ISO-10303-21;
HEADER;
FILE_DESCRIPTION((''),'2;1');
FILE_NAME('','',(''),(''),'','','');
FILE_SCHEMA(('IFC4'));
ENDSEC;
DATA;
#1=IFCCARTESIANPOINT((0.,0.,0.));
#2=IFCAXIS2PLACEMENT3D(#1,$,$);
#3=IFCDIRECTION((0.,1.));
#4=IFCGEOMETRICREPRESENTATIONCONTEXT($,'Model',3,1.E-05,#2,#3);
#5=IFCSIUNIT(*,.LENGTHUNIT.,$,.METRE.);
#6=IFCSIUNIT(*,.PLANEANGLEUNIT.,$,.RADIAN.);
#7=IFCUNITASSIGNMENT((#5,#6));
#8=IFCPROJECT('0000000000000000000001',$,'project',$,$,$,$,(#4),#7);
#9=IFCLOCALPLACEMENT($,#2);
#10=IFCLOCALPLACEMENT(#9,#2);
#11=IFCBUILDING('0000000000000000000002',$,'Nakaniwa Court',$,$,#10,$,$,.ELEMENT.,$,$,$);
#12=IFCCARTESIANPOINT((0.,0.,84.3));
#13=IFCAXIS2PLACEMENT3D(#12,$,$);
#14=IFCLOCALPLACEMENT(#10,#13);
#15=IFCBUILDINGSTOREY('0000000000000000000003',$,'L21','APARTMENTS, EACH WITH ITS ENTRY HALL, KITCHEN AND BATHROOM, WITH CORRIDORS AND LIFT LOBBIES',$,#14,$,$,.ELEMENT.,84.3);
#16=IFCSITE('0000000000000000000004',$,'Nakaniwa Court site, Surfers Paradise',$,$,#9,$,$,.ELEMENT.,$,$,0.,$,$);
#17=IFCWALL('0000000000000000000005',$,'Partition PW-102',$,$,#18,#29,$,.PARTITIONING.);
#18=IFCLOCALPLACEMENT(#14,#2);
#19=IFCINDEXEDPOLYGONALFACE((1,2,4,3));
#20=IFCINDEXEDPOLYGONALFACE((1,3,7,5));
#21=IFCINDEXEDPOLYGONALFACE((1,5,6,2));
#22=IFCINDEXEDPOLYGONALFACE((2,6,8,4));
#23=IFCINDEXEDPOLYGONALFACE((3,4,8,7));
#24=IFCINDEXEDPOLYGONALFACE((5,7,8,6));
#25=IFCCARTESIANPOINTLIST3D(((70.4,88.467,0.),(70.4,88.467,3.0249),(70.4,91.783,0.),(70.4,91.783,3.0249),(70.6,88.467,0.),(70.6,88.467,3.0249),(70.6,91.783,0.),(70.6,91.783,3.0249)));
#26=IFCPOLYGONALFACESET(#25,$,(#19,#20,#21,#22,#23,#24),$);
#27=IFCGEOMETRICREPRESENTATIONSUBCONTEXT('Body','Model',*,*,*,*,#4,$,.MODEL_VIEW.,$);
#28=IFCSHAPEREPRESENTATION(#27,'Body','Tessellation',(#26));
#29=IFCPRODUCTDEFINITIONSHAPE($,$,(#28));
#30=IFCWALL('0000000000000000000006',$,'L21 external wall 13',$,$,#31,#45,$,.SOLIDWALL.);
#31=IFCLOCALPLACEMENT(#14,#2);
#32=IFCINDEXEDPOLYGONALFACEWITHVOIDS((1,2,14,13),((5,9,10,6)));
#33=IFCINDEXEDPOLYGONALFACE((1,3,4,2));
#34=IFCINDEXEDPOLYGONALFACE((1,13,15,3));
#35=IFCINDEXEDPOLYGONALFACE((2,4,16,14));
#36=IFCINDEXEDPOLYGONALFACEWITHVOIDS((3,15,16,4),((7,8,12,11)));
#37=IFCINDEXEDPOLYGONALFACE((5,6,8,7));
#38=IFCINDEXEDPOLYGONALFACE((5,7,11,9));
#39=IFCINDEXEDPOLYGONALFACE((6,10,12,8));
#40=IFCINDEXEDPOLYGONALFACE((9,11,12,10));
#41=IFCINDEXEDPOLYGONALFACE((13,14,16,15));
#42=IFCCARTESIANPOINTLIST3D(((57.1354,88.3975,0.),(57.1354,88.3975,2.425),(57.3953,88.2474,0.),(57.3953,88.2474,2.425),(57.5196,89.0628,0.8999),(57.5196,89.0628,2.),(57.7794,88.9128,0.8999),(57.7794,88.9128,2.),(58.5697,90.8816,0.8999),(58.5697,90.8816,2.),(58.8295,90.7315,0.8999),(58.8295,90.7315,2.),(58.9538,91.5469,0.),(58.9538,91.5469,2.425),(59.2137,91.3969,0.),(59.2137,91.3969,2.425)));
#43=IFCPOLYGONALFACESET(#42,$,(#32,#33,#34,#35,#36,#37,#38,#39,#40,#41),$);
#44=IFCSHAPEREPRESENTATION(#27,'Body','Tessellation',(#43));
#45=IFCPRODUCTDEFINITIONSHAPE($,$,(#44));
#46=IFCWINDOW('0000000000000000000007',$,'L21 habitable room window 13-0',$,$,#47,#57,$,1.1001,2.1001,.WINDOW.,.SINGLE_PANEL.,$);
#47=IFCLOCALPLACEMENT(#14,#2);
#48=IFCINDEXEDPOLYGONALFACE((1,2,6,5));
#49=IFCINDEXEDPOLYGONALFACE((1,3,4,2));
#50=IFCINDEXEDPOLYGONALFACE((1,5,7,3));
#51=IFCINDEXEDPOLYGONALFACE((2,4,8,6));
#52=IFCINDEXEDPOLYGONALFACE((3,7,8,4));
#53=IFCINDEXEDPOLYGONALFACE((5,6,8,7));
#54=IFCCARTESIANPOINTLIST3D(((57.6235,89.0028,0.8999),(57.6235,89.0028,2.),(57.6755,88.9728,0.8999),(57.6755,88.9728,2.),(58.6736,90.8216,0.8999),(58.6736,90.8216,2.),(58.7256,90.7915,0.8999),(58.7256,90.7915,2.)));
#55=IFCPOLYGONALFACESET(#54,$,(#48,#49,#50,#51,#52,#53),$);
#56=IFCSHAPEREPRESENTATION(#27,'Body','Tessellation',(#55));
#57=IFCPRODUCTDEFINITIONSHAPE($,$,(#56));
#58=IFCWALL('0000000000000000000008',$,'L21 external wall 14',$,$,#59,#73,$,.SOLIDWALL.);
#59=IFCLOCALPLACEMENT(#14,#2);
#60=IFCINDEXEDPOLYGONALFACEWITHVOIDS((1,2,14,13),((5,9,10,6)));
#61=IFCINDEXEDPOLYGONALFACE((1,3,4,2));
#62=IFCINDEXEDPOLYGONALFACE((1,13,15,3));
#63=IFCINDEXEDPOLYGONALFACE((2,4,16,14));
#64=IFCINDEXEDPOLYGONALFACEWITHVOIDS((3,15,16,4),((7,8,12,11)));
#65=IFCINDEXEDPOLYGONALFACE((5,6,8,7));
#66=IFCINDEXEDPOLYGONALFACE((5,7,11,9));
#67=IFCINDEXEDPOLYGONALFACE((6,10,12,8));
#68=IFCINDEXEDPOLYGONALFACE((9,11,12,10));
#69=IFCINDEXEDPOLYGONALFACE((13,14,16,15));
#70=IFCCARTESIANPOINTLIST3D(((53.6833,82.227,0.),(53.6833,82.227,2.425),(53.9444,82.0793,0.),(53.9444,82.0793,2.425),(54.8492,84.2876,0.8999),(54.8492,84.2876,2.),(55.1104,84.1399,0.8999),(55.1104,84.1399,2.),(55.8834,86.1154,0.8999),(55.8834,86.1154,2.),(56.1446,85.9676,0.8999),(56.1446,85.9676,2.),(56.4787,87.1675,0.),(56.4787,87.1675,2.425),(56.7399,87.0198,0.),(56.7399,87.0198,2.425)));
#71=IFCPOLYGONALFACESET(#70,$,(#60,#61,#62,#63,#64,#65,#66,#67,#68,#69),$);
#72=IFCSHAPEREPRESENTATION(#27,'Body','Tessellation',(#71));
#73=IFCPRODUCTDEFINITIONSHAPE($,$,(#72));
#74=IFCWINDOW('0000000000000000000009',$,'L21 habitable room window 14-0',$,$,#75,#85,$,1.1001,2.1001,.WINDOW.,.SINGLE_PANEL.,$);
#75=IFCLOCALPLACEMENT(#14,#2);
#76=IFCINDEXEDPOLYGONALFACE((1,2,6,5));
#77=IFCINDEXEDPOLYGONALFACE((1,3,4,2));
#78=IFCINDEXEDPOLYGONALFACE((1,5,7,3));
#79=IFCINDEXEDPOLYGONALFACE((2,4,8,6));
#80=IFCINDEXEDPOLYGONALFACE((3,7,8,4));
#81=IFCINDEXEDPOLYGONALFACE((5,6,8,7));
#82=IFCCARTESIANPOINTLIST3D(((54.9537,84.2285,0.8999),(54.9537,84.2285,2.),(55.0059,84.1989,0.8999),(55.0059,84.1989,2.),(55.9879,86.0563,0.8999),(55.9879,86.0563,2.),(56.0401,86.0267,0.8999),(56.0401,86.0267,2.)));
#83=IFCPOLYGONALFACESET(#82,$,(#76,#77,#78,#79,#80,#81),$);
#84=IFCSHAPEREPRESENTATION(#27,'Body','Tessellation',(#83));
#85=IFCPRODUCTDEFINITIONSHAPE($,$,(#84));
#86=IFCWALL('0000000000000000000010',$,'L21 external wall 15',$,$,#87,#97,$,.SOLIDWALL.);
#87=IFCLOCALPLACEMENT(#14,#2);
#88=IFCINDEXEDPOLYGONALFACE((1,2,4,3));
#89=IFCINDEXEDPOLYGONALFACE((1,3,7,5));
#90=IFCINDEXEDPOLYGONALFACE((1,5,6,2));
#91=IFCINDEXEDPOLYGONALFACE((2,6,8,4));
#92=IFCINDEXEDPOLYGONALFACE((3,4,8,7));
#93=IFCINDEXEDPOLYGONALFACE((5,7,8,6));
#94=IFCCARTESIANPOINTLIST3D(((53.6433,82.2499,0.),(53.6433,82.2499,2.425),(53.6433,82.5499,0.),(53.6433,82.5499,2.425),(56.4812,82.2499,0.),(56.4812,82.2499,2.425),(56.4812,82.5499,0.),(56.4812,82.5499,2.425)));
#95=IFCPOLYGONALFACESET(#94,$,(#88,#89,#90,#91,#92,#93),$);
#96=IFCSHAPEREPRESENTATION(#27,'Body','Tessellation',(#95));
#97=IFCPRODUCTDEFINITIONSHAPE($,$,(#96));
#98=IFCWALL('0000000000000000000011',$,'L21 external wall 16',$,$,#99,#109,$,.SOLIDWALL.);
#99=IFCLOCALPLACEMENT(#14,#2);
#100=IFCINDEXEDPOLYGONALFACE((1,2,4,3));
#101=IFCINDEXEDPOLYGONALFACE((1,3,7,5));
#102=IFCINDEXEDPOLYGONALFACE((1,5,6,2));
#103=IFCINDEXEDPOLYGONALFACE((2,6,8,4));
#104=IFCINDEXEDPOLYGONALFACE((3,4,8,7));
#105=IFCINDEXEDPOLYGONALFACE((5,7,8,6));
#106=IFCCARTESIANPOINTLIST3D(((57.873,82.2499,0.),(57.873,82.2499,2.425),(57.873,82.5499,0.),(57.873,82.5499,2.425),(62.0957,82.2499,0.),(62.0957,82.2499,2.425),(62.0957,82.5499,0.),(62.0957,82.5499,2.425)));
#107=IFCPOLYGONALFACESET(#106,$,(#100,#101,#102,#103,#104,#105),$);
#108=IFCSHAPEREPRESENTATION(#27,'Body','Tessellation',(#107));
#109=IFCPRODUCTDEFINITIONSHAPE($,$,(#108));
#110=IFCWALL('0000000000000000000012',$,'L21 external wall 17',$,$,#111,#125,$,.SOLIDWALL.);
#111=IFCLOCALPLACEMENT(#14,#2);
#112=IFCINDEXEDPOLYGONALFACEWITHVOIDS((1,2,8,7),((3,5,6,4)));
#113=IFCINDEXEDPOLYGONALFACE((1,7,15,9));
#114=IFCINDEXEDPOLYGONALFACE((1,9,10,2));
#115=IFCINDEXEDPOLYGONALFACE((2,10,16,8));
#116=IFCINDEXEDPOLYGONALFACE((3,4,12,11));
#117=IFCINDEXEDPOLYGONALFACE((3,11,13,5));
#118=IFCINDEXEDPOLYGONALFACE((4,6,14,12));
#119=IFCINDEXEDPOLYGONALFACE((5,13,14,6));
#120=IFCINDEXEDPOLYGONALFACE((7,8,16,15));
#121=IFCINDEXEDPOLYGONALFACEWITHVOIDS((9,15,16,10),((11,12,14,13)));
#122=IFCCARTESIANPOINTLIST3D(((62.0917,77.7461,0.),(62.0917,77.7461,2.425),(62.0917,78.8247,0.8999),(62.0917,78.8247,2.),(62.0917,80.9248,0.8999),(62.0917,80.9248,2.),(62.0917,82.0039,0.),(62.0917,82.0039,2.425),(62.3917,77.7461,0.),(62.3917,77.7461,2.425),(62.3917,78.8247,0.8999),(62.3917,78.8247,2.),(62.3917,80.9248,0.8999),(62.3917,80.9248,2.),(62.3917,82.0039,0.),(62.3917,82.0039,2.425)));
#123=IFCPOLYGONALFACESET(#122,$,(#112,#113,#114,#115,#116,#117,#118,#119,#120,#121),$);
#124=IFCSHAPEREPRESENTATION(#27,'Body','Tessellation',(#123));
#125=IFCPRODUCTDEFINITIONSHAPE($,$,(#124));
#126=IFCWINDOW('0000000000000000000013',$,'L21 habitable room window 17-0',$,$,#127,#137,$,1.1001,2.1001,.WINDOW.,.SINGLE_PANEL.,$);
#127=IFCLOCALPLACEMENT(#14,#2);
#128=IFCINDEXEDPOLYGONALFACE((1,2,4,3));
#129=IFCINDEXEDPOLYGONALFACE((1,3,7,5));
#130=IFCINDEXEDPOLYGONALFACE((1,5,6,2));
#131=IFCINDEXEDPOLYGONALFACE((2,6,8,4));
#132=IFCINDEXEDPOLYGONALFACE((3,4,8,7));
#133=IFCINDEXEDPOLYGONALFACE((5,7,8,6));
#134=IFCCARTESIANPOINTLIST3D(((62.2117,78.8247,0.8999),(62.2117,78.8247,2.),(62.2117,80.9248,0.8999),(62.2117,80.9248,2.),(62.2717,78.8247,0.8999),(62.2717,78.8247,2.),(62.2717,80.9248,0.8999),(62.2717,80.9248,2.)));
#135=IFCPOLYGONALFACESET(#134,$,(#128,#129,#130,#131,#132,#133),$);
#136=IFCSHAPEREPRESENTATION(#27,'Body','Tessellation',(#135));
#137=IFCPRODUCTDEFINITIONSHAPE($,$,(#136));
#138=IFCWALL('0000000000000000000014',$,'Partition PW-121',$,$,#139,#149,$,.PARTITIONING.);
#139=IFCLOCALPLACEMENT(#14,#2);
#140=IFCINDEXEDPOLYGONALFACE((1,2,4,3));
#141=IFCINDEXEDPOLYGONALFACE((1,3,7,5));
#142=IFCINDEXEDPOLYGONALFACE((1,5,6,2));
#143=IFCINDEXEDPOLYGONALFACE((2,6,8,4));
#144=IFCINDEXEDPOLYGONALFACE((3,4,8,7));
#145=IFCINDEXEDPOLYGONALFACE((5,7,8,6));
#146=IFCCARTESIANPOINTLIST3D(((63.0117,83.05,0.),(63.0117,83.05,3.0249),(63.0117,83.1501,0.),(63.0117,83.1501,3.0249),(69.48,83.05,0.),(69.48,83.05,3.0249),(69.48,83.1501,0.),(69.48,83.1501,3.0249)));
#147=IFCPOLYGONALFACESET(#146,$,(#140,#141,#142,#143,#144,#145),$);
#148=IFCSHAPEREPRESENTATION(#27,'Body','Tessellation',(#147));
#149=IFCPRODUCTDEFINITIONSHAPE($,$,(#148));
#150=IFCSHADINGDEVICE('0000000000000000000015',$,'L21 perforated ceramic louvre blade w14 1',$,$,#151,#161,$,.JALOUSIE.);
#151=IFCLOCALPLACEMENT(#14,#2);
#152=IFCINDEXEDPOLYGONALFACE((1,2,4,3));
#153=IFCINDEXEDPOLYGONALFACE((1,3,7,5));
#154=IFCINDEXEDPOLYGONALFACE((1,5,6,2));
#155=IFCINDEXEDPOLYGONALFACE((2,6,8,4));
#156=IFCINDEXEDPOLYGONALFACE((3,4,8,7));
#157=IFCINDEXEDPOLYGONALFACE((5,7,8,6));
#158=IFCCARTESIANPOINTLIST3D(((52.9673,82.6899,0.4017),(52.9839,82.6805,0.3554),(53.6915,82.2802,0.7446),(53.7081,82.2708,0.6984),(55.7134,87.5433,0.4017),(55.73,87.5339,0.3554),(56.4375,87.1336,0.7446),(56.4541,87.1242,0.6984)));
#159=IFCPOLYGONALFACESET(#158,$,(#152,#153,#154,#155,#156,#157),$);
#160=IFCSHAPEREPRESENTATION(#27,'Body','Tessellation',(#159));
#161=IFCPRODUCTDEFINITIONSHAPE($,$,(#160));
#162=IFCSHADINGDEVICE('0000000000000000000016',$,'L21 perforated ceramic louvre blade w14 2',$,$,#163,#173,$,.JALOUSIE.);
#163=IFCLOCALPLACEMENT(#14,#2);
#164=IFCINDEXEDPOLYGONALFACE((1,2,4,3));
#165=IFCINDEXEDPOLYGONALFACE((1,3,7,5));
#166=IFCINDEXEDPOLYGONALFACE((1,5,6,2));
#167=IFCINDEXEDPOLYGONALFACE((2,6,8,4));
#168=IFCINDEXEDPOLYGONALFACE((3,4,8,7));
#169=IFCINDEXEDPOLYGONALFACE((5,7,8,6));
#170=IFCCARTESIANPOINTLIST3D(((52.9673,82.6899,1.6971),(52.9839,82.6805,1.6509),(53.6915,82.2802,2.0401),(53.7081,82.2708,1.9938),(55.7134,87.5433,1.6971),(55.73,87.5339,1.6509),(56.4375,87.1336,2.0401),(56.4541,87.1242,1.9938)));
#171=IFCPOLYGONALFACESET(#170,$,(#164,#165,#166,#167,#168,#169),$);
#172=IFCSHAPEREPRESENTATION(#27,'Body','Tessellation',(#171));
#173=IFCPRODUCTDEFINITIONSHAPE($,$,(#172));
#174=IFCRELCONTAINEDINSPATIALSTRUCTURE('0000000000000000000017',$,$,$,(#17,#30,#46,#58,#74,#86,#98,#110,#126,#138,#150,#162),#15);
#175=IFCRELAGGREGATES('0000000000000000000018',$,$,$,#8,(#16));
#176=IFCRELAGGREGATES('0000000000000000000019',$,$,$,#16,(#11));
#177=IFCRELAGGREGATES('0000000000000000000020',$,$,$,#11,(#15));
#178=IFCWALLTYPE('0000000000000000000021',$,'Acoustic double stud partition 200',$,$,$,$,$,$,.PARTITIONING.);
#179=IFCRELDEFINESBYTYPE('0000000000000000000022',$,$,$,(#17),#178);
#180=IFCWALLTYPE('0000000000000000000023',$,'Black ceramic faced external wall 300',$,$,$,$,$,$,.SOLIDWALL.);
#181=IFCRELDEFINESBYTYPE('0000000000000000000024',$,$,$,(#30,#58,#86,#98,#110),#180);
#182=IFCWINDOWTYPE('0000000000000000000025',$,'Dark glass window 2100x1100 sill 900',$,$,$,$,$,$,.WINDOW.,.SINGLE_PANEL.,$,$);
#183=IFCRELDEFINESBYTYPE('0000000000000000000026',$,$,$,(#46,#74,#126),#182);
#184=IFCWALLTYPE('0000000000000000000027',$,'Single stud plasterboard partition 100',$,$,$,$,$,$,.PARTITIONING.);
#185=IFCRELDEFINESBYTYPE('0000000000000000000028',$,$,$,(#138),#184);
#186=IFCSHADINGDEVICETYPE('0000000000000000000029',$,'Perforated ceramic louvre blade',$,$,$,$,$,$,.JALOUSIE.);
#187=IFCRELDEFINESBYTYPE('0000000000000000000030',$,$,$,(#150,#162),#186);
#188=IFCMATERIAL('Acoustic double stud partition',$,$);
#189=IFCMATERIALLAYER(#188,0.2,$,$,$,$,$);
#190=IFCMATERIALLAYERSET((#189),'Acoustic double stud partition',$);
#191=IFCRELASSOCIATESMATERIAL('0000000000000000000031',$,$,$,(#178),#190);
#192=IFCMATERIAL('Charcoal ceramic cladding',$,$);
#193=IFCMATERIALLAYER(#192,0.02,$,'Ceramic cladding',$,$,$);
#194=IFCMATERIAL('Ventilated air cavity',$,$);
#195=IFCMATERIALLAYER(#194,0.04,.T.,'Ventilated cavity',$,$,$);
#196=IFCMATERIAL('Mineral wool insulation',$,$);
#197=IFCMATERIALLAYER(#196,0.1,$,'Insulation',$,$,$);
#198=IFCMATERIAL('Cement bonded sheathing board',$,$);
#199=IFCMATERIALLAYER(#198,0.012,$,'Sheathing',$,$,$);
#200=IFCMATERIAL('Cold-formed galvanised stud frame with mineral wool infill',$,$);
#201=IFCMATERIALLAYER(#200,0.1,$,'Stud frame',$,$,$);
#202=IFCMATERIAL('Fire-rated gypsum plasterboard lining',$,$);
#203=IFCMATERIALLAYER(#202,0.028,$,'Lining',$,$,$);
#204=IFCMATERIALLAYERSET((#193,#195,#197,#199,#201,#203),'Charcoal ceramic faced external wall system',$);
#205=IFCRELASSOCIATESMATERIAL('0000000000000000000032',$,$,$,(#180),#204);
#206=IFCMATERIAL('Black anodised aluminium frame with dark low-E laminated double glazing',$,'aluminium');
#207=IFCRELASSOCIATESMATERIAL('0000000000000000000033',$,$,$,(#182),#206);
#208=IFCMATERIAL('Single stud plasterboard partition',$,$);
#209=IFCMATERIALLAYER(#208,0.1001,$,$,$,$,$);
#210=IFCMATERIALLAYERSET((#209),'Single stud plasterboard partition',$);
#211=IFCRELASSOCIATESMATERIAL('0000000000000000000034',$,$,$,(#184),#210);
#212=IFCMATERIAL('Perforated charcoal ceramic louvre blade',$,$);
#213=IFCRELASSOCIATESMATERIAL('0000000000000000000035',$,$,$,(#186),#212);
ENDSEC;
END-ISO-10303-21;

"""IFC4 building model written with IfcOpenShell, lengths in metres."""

from ifc_helpers import new_model, si_unit, direction, frame, frame_2d, origin, origin_2d, place, context, subcontext, project, spatial, rectangle, extrude, material, layer, layer_set, material_profile, profile_set, type_object, element, fill, save


model = new_model("IFC4")

# Units and contexts
model_context = context("Model", 3, precision=1e-05, world=origin(), true_north=direction((0.0, 1.0)))
body_context = subcontext(model_context, "Body", "Model", "MODEL_VIEW")
ifc_project = project(units=[si_unit("LENGTHUNIT", "METRE"), si_unit("PLANEANGLEUNIT", "RADIAN")], contexts=[model_context])

# Site, building, storey
site_placement = place(None, origin())
site = spatial("IfcSite", under=ifc_project, at=site_placement, Name="Nakaniwa Court site, Surfers Paradise", CompositionType="ELEMENT", RefElevation=0.0)
building_placement = place(site_placement, origin())
building = spatial("IfcBuilding", under=site, at=building_placement, Name="Nakaniwa Court", CompositionType="ELEMENT")
storey_placement = place(building_placement, frame((0.0, 0.0, 84.3)))
storey = spatial("IfcBuildingStorey", under=building, at=storey_placement, Name="L21", Description="APARTMENTS, EACH WITH ITS ENTRY HALL, KITCHEN AND BATHROOM, WITH CORRIDORS AND LIFT LOBBIES", CompositionType="ELEMENT", Elevation=84.3)

# Shared definitions
ifc_material_1 = material(Name="Acoustic double stud partition")
ifc_layer_1 = layer(ifc_material_1, 0.2)
ifc_layer_set_1 = layer_set([ifc_layer_1], Name="Acoustic double stud partition")
wall_type_1 = type_object("IfcWallType", Name="Acoustic double stud partition 200", PredefinedType="PARTITIONING", material=ifc_layer_set_1)

# Wall
wall_1_placement = place(storey_placement, frame((70.5, 88.467, 0.0), z_axis=(0.0, 0.0, 1.0), x_axis=(0.0, 1.0, 0.0)))
element("IfcWall", 1, at=wall_1_placement, inside=storey, type_object=wall_type_1, Name="Partition PW-102", PredefinedType="PARTITIONING", context=body_context, shape_type="SweptSolid", body=[
    extrude(rectangle(XDim=3.3159, YDim=0.2, at=frame_2d((1.658, 0.0))), origin(), (0.0, 0.0, 1.0), 3.0249),
])

# Walls, openings, windows
ifc_material_2 = material(Name="Charcoal ceramic cladding")
ifc_layer_2 = layer(ifc_material_2, 0.02, Name="Ceramic cladding")
ifc_material_3 = material(Name="Ventilated air cavity")
ifc_layer_3 = layer(ifc_material_3, 0.04, ventilated=True, Name="Ventilated cavity")
ifc_material_4 = material(Name="Mineral wool insulation")
ifc_layer_4 = layer(ifc_material_4, 0.1, Name="Insulation")
ifc_material_5 = material(Name="Cement bonded sheathing board")
ifc_layer_5 = layer(ifc_material_5, 0.012, Name="Sheathing")
ifc_material_6 = material(Name="Cold-formed galvanised stud frame with mineral wool infill")
ifc_layer_6 = layer(ifc_material_6, 0.1, Name="Stud frame")
ifc_material_7 = material(Name="Fire-rated gypsum plasterboard lining")
ifc_layer_7 = layer(ifc_material_7, 0.028, Name="Lining")
ifc_layer_set_2 = layer_set([ifc_layer_2, ifc_layer_3, ifc_layer_4, ifc_layer_5, ifc_layer_6, ifc_layer_7], Name="Charcoal ceramic faced external wall system")
wall_type_2 = type_object("IfcWallType", Name="Black ceramic faced external wall 300", PredefinedType="SOLIDWALL", material=ifc_layer_set_2)
wall_2_placement = place(storey_placement, frame((59.0837, 91.4719, 0.0), z_axis=(0.0, 0.0, 1.0), x_axis=(-0.500009, -0.86602, 0.0)))
wall_2 = element("IfcWall", 2, at=wall_2_placement, inside=storey, type_object=wall_type_2, Name="L21 external wall 13", PredefinedType="SOLIDWALL", context=body_context, shape_type="SweptSolid", body=[
    extrude(rectangle(XDim=3.6367, YDim=0.3, at=frame_2d((1.8184, 0.0))), origin(), (0.0, 0.0, 1.0), 2.425),
])
opening_1_placement = place(wall_2_placement, frame((0.7683, 0.0, 0.8999)))
opening_1 = element("IfcOpeningElement", 3, at=opening_1_placement, cuts=wall_2, PredefinedType="OPENING", context=body_context, shape_type="SweptSolid", body=[
    extrude(rectangle(XDim=2.1001, YDim=1.1001, at=frame_2d((1.05, 0.55))), frame((0.0, 0.1599, 0.0), z_axis=(0.0, -1.0, 0.0), x_axis=(1.0, 0.0, 0.0)), (0.0, 0.0, 1.0), 0.3201),
])
ifc_material_8 = material(Name="Black anodised aluminium frame with dark low-E laminated double glazing", Category="aluminium")
window_type = type_object("IfcWindowType", Name="Dark glass window 2100x1100 sill 900", PartitioningType="SINGLE_PANEL", PredefinedType="WINDOW", material=ifc_material_8)
window_1_placement = place(opening_1_placement, origin())
window_1 = element("IfcWindow", 4, at=window_1_placement, inside=storey, type_object=window_type, Name="L21 habitable room window 13-0", OverallHeight=1.1001, OverallWidth=2.1001, PartitioningType="SINGLE_PANEL", PredefinedType="WINDOW", context=body_context, shape_type="SweptSolid", body=[
    extrude(rectangle(XDim=2.1001, YDim=1.1001, at=frame_2d((1.05, 0.55))), frame((0.0, 0.03, 0.0), z_axis=(0.0, -1.0, 0.0), x_axis=(1.0, 0.0, 0.0)), (0.0, 0.0, 1.0), 0.0601),
])
fill(opening_1, window_1)
wall_3_placement = place(storey_placement, frame((56.6094, 87.0938, 0.0), z_axis=(0.0, 0.0, 1.0), x_axis=(-0.492457, -0.870337, 0.0)))
wall_3 = element("IfcWall", 5, at=wall_3_placement, inside=storey, type_object=wall_type_2, Name="L21 external wall 14", PredefinedType="SOLIDWALL", context=body_context, shape_type="SweptSolid", body=[
    extrude(rectangle(XDim=5.6765, YDim=0.3, at=frame_2d((2.8384, 0.0))), origin(), (0.0, 0.0, 1.0), 2.425),
])
opening_2_placement = place(wall_3_placement, frame((1.209, 0.0, 0.8999)))
opening_2 = element("IfcOpeningElement", 6, at=opening_2_placement, cuts=wall_3, PredefinedType="OPENING", context=body_context, shape_type="SweptSolid", body=[
    extrude(rectangle(XDim=2.1001, YDim=1.1001, at=frame_2d((1.05, 0.55))), frame((0.0, 0.1599, 0.0), z_axis=(0.0, -1.0, 0.0), x_axis=(1.0, 0.0, 0.0)), (0.0, 0.0, 1.0), 0.3201),
])
window_2_placement = place(opening_2_placement, origin())
window_2 = element("IfcWindow", 7, at=window_2_placement, inside=storey, type_object=window_type, Name="L21 habitable room window 14-0", OverallHeight=1.1001, OverallWidth=2.1001, PartitioningType="SINGLE_PANEL", PredefinedType="WINDOW", context=body_context, shape_type="SweptSolid", body=[
    extrude(rectangle(XDim=2.1001, YDim=1.1001, at=frame_2d((1.05, 0.55))), frame((0.0, 0.03, 0.0), z_axis=(0.0, -1.0, 0.0), x_axis=(1.0, 0.0, 0.0)), (0.0, 0.0, 1.0), 0.0601),
])
fill(opening_2, window_2)

# Walls
wall_4_placement = place(storey_placement, frame((53.6433, 82.3999, 0.0), z_axis=(0.0, 0.0, 1.0), x_axis=(1.0, 0.0, 0.0)))
element("IfcWall", 8, at=wall_4_placement, inside=storey, type_object=wall_type_2, Name="L21 external wall 15", PredefinedType="SOLIDWALL", context=body_context, shape_type="SweptSolid", body=[
    extrude(rectangle(XDim=2.8379, YDim=0.3, at=frame_2d((1.4189, 0.0))), origin(), (0.0, 0.0, 1.0), 2.425),
])
wall_5_placement = place(storey_placement, frame((57.873, 82.3999, 0.0), z_axis=(0.0, 0.0, 1.0), x_axis=(1.0, 0.0, 0.0)))
element("IfcWall", 9, at=wall_5_placement, inside=storey, type_object=wall_type_2, Name="L21 external wall 16", PredefinedType="SOLIDWALL", context=body_context, shape_type="SweptSolid", body=[
    extrude(rectangle(XDim=4.2227, YDim=0.3, at=frame_2d((2.1113, 0.0))), origin(), (0.0, 0.0, 1.0), 2.425),
])

# Wall, opening, window
wall_6_placement = place(storey_placement, frame((62.2417, 82.0039, 0.0), z_axis=(0.0, 0.0, 1.0), x_axis=(0.0, -1.0, 0.0)))
wall_6 = element("IfcWall", 10, at=wall_6_placement, inside=storey, type_object=wall_type_2, Name="L21 external wall 17", PredefinedType="SOLIDWALL", context=body_context, shape_type="SweptSolid", body=[
    extrude(rectangle(XDim=4.2578, YDim=0.3, at=frame_2d((2.1289, 0.0))), origin(), (0.0, 0.0, 1.0), 2.425),
])
opening_3_placement = place(wall_6_placement, frame((1.0791, 0.0, 0.8999)))
opening_3 = element("IfcOpeningElement", 11, at=opening_3_placement, cuts=wall_6, PredefinedType="OPENING", context=body_context, shape_type="SweptSolid", body=[
    extrude(rectangle(XDim=2.1001, YDim=1.1001, at=frame_2d((1.05, 0.55))), frame((0.0, 0.1599, 0.0), z_axis=(0.0, -1.0, 0.0), x_axis=(1.0, 0.0, 0.0)), (0.0, 0.0, 1.0), 0.3201),
])
window_3_placement = place(opening_3_placement, origin())
window_3 = element("IfcWindow", 12, at=window_3_placement, inside=storey, type_object=window_type, Name="L21 habitable room window 17-0", OverallHeight=1.1001, OverallWidth=2.1001, PartitioningType="SINGLE_PANEL", PredefinedType="WINDOW", context=body_context, shape_type="SweptSolid", body=[
    extrude(rectangle(XDim=2.1001, YDim=1.1001, at=frame_2d((1.05, 0.55))), frame((0.0, 0.03, 0.0), z_axis=(0.0, -1.0, 0.0), x_axis=(1.0, 0.0, 0.0)), (0.0, 0.0, 1.0), 0.0601),
])
fill(opening_3, window_3)

# Wall
ifc_material_9 = material(Name="Single stud plasterboard partition")
ifc_layer_8 = layer(ifc_material_9, 0.1001)
ifc_layer_set_3 = layer_set([ifc_layer_8], Name="Single stud plasterboard partition")
wall_type_3 = type_object("IfcWallType", Name="Single stud plasterboard partition 100", PredefinedType="PARTITIONING", material=ifc_layer_set_3)
wall_7_placement = place(storey_placement, frame((63.0117, 83.1001, 0.0), z_axis=(0.0, 0.0, 1.0), x_axis=(1.0, 0.0, 0.0)))
element("IfcWall", 13, at=wall_7_placement, inside=storey, type_object=wall_type_3, Name="Partition PW-121", PredefinedType="PARTITIONING", context=body_context, shape_type="SweptSolid", body=[
    extrude(rectangle(XDim=6.4683, YDim=0.1001, at=frame_2d((3.2341, 0.0))), origin(), (0.0, 0.0, 1.0), 3.0249),
])

# Shading devices
ifc_material_10 = material(Name="Perforated charcoal ceramic louvre blade")
ifc_material_profile_1 = material_profile(ifc_material_10, rectangle(XDim=0.8999, YDim=0.05, at=origin_2d()), Name="Perforated ceramic louvre blade")
ifc_profile_set_1 = profile_set([ifc_material_profile_1], Name="Perforated charcoal ceramic louvre blade")
shading_device_type = type_object("IfcShadingDeviceType", Name="Perforated ceramic louvre blade", PredefinedType="JALOUSIE", material=ifc_profile_set_1)
for number, where, z_axis, x_axis, name in (
    (14, (56.0837, 87.3337, 0.55), (-0.492438, -0.870347, 0.0), (0.804676, -0.455282, 0.38107), "L21 perforated ceramic louvre blade w14 1"),
    (15, (56.0837, 87.3337, 1.8455), (-0.492438, -0.870347, 0.0), (0.804676, -0.455282, 0.38107), "L21 perforated ceramic louvre blade w14 2"),
):
    element("IfcShadingDevice", number, at=place(storey_placement, frame(where, z_axis=z_axis, x_axis=x_axis)), inside=storey, type_object=shading_device_type, Name=name, PredefinedType="JALOUSIE", context=body_context, shape_type="SweptSolid", body=[
        extrude(rectangle(XDim=0.8999, YDim=0.05, at=origin_2d()), origin(), (0.0, 0.0, 1.0), 5.5764),
    ])

save(model, "model.ifc")
